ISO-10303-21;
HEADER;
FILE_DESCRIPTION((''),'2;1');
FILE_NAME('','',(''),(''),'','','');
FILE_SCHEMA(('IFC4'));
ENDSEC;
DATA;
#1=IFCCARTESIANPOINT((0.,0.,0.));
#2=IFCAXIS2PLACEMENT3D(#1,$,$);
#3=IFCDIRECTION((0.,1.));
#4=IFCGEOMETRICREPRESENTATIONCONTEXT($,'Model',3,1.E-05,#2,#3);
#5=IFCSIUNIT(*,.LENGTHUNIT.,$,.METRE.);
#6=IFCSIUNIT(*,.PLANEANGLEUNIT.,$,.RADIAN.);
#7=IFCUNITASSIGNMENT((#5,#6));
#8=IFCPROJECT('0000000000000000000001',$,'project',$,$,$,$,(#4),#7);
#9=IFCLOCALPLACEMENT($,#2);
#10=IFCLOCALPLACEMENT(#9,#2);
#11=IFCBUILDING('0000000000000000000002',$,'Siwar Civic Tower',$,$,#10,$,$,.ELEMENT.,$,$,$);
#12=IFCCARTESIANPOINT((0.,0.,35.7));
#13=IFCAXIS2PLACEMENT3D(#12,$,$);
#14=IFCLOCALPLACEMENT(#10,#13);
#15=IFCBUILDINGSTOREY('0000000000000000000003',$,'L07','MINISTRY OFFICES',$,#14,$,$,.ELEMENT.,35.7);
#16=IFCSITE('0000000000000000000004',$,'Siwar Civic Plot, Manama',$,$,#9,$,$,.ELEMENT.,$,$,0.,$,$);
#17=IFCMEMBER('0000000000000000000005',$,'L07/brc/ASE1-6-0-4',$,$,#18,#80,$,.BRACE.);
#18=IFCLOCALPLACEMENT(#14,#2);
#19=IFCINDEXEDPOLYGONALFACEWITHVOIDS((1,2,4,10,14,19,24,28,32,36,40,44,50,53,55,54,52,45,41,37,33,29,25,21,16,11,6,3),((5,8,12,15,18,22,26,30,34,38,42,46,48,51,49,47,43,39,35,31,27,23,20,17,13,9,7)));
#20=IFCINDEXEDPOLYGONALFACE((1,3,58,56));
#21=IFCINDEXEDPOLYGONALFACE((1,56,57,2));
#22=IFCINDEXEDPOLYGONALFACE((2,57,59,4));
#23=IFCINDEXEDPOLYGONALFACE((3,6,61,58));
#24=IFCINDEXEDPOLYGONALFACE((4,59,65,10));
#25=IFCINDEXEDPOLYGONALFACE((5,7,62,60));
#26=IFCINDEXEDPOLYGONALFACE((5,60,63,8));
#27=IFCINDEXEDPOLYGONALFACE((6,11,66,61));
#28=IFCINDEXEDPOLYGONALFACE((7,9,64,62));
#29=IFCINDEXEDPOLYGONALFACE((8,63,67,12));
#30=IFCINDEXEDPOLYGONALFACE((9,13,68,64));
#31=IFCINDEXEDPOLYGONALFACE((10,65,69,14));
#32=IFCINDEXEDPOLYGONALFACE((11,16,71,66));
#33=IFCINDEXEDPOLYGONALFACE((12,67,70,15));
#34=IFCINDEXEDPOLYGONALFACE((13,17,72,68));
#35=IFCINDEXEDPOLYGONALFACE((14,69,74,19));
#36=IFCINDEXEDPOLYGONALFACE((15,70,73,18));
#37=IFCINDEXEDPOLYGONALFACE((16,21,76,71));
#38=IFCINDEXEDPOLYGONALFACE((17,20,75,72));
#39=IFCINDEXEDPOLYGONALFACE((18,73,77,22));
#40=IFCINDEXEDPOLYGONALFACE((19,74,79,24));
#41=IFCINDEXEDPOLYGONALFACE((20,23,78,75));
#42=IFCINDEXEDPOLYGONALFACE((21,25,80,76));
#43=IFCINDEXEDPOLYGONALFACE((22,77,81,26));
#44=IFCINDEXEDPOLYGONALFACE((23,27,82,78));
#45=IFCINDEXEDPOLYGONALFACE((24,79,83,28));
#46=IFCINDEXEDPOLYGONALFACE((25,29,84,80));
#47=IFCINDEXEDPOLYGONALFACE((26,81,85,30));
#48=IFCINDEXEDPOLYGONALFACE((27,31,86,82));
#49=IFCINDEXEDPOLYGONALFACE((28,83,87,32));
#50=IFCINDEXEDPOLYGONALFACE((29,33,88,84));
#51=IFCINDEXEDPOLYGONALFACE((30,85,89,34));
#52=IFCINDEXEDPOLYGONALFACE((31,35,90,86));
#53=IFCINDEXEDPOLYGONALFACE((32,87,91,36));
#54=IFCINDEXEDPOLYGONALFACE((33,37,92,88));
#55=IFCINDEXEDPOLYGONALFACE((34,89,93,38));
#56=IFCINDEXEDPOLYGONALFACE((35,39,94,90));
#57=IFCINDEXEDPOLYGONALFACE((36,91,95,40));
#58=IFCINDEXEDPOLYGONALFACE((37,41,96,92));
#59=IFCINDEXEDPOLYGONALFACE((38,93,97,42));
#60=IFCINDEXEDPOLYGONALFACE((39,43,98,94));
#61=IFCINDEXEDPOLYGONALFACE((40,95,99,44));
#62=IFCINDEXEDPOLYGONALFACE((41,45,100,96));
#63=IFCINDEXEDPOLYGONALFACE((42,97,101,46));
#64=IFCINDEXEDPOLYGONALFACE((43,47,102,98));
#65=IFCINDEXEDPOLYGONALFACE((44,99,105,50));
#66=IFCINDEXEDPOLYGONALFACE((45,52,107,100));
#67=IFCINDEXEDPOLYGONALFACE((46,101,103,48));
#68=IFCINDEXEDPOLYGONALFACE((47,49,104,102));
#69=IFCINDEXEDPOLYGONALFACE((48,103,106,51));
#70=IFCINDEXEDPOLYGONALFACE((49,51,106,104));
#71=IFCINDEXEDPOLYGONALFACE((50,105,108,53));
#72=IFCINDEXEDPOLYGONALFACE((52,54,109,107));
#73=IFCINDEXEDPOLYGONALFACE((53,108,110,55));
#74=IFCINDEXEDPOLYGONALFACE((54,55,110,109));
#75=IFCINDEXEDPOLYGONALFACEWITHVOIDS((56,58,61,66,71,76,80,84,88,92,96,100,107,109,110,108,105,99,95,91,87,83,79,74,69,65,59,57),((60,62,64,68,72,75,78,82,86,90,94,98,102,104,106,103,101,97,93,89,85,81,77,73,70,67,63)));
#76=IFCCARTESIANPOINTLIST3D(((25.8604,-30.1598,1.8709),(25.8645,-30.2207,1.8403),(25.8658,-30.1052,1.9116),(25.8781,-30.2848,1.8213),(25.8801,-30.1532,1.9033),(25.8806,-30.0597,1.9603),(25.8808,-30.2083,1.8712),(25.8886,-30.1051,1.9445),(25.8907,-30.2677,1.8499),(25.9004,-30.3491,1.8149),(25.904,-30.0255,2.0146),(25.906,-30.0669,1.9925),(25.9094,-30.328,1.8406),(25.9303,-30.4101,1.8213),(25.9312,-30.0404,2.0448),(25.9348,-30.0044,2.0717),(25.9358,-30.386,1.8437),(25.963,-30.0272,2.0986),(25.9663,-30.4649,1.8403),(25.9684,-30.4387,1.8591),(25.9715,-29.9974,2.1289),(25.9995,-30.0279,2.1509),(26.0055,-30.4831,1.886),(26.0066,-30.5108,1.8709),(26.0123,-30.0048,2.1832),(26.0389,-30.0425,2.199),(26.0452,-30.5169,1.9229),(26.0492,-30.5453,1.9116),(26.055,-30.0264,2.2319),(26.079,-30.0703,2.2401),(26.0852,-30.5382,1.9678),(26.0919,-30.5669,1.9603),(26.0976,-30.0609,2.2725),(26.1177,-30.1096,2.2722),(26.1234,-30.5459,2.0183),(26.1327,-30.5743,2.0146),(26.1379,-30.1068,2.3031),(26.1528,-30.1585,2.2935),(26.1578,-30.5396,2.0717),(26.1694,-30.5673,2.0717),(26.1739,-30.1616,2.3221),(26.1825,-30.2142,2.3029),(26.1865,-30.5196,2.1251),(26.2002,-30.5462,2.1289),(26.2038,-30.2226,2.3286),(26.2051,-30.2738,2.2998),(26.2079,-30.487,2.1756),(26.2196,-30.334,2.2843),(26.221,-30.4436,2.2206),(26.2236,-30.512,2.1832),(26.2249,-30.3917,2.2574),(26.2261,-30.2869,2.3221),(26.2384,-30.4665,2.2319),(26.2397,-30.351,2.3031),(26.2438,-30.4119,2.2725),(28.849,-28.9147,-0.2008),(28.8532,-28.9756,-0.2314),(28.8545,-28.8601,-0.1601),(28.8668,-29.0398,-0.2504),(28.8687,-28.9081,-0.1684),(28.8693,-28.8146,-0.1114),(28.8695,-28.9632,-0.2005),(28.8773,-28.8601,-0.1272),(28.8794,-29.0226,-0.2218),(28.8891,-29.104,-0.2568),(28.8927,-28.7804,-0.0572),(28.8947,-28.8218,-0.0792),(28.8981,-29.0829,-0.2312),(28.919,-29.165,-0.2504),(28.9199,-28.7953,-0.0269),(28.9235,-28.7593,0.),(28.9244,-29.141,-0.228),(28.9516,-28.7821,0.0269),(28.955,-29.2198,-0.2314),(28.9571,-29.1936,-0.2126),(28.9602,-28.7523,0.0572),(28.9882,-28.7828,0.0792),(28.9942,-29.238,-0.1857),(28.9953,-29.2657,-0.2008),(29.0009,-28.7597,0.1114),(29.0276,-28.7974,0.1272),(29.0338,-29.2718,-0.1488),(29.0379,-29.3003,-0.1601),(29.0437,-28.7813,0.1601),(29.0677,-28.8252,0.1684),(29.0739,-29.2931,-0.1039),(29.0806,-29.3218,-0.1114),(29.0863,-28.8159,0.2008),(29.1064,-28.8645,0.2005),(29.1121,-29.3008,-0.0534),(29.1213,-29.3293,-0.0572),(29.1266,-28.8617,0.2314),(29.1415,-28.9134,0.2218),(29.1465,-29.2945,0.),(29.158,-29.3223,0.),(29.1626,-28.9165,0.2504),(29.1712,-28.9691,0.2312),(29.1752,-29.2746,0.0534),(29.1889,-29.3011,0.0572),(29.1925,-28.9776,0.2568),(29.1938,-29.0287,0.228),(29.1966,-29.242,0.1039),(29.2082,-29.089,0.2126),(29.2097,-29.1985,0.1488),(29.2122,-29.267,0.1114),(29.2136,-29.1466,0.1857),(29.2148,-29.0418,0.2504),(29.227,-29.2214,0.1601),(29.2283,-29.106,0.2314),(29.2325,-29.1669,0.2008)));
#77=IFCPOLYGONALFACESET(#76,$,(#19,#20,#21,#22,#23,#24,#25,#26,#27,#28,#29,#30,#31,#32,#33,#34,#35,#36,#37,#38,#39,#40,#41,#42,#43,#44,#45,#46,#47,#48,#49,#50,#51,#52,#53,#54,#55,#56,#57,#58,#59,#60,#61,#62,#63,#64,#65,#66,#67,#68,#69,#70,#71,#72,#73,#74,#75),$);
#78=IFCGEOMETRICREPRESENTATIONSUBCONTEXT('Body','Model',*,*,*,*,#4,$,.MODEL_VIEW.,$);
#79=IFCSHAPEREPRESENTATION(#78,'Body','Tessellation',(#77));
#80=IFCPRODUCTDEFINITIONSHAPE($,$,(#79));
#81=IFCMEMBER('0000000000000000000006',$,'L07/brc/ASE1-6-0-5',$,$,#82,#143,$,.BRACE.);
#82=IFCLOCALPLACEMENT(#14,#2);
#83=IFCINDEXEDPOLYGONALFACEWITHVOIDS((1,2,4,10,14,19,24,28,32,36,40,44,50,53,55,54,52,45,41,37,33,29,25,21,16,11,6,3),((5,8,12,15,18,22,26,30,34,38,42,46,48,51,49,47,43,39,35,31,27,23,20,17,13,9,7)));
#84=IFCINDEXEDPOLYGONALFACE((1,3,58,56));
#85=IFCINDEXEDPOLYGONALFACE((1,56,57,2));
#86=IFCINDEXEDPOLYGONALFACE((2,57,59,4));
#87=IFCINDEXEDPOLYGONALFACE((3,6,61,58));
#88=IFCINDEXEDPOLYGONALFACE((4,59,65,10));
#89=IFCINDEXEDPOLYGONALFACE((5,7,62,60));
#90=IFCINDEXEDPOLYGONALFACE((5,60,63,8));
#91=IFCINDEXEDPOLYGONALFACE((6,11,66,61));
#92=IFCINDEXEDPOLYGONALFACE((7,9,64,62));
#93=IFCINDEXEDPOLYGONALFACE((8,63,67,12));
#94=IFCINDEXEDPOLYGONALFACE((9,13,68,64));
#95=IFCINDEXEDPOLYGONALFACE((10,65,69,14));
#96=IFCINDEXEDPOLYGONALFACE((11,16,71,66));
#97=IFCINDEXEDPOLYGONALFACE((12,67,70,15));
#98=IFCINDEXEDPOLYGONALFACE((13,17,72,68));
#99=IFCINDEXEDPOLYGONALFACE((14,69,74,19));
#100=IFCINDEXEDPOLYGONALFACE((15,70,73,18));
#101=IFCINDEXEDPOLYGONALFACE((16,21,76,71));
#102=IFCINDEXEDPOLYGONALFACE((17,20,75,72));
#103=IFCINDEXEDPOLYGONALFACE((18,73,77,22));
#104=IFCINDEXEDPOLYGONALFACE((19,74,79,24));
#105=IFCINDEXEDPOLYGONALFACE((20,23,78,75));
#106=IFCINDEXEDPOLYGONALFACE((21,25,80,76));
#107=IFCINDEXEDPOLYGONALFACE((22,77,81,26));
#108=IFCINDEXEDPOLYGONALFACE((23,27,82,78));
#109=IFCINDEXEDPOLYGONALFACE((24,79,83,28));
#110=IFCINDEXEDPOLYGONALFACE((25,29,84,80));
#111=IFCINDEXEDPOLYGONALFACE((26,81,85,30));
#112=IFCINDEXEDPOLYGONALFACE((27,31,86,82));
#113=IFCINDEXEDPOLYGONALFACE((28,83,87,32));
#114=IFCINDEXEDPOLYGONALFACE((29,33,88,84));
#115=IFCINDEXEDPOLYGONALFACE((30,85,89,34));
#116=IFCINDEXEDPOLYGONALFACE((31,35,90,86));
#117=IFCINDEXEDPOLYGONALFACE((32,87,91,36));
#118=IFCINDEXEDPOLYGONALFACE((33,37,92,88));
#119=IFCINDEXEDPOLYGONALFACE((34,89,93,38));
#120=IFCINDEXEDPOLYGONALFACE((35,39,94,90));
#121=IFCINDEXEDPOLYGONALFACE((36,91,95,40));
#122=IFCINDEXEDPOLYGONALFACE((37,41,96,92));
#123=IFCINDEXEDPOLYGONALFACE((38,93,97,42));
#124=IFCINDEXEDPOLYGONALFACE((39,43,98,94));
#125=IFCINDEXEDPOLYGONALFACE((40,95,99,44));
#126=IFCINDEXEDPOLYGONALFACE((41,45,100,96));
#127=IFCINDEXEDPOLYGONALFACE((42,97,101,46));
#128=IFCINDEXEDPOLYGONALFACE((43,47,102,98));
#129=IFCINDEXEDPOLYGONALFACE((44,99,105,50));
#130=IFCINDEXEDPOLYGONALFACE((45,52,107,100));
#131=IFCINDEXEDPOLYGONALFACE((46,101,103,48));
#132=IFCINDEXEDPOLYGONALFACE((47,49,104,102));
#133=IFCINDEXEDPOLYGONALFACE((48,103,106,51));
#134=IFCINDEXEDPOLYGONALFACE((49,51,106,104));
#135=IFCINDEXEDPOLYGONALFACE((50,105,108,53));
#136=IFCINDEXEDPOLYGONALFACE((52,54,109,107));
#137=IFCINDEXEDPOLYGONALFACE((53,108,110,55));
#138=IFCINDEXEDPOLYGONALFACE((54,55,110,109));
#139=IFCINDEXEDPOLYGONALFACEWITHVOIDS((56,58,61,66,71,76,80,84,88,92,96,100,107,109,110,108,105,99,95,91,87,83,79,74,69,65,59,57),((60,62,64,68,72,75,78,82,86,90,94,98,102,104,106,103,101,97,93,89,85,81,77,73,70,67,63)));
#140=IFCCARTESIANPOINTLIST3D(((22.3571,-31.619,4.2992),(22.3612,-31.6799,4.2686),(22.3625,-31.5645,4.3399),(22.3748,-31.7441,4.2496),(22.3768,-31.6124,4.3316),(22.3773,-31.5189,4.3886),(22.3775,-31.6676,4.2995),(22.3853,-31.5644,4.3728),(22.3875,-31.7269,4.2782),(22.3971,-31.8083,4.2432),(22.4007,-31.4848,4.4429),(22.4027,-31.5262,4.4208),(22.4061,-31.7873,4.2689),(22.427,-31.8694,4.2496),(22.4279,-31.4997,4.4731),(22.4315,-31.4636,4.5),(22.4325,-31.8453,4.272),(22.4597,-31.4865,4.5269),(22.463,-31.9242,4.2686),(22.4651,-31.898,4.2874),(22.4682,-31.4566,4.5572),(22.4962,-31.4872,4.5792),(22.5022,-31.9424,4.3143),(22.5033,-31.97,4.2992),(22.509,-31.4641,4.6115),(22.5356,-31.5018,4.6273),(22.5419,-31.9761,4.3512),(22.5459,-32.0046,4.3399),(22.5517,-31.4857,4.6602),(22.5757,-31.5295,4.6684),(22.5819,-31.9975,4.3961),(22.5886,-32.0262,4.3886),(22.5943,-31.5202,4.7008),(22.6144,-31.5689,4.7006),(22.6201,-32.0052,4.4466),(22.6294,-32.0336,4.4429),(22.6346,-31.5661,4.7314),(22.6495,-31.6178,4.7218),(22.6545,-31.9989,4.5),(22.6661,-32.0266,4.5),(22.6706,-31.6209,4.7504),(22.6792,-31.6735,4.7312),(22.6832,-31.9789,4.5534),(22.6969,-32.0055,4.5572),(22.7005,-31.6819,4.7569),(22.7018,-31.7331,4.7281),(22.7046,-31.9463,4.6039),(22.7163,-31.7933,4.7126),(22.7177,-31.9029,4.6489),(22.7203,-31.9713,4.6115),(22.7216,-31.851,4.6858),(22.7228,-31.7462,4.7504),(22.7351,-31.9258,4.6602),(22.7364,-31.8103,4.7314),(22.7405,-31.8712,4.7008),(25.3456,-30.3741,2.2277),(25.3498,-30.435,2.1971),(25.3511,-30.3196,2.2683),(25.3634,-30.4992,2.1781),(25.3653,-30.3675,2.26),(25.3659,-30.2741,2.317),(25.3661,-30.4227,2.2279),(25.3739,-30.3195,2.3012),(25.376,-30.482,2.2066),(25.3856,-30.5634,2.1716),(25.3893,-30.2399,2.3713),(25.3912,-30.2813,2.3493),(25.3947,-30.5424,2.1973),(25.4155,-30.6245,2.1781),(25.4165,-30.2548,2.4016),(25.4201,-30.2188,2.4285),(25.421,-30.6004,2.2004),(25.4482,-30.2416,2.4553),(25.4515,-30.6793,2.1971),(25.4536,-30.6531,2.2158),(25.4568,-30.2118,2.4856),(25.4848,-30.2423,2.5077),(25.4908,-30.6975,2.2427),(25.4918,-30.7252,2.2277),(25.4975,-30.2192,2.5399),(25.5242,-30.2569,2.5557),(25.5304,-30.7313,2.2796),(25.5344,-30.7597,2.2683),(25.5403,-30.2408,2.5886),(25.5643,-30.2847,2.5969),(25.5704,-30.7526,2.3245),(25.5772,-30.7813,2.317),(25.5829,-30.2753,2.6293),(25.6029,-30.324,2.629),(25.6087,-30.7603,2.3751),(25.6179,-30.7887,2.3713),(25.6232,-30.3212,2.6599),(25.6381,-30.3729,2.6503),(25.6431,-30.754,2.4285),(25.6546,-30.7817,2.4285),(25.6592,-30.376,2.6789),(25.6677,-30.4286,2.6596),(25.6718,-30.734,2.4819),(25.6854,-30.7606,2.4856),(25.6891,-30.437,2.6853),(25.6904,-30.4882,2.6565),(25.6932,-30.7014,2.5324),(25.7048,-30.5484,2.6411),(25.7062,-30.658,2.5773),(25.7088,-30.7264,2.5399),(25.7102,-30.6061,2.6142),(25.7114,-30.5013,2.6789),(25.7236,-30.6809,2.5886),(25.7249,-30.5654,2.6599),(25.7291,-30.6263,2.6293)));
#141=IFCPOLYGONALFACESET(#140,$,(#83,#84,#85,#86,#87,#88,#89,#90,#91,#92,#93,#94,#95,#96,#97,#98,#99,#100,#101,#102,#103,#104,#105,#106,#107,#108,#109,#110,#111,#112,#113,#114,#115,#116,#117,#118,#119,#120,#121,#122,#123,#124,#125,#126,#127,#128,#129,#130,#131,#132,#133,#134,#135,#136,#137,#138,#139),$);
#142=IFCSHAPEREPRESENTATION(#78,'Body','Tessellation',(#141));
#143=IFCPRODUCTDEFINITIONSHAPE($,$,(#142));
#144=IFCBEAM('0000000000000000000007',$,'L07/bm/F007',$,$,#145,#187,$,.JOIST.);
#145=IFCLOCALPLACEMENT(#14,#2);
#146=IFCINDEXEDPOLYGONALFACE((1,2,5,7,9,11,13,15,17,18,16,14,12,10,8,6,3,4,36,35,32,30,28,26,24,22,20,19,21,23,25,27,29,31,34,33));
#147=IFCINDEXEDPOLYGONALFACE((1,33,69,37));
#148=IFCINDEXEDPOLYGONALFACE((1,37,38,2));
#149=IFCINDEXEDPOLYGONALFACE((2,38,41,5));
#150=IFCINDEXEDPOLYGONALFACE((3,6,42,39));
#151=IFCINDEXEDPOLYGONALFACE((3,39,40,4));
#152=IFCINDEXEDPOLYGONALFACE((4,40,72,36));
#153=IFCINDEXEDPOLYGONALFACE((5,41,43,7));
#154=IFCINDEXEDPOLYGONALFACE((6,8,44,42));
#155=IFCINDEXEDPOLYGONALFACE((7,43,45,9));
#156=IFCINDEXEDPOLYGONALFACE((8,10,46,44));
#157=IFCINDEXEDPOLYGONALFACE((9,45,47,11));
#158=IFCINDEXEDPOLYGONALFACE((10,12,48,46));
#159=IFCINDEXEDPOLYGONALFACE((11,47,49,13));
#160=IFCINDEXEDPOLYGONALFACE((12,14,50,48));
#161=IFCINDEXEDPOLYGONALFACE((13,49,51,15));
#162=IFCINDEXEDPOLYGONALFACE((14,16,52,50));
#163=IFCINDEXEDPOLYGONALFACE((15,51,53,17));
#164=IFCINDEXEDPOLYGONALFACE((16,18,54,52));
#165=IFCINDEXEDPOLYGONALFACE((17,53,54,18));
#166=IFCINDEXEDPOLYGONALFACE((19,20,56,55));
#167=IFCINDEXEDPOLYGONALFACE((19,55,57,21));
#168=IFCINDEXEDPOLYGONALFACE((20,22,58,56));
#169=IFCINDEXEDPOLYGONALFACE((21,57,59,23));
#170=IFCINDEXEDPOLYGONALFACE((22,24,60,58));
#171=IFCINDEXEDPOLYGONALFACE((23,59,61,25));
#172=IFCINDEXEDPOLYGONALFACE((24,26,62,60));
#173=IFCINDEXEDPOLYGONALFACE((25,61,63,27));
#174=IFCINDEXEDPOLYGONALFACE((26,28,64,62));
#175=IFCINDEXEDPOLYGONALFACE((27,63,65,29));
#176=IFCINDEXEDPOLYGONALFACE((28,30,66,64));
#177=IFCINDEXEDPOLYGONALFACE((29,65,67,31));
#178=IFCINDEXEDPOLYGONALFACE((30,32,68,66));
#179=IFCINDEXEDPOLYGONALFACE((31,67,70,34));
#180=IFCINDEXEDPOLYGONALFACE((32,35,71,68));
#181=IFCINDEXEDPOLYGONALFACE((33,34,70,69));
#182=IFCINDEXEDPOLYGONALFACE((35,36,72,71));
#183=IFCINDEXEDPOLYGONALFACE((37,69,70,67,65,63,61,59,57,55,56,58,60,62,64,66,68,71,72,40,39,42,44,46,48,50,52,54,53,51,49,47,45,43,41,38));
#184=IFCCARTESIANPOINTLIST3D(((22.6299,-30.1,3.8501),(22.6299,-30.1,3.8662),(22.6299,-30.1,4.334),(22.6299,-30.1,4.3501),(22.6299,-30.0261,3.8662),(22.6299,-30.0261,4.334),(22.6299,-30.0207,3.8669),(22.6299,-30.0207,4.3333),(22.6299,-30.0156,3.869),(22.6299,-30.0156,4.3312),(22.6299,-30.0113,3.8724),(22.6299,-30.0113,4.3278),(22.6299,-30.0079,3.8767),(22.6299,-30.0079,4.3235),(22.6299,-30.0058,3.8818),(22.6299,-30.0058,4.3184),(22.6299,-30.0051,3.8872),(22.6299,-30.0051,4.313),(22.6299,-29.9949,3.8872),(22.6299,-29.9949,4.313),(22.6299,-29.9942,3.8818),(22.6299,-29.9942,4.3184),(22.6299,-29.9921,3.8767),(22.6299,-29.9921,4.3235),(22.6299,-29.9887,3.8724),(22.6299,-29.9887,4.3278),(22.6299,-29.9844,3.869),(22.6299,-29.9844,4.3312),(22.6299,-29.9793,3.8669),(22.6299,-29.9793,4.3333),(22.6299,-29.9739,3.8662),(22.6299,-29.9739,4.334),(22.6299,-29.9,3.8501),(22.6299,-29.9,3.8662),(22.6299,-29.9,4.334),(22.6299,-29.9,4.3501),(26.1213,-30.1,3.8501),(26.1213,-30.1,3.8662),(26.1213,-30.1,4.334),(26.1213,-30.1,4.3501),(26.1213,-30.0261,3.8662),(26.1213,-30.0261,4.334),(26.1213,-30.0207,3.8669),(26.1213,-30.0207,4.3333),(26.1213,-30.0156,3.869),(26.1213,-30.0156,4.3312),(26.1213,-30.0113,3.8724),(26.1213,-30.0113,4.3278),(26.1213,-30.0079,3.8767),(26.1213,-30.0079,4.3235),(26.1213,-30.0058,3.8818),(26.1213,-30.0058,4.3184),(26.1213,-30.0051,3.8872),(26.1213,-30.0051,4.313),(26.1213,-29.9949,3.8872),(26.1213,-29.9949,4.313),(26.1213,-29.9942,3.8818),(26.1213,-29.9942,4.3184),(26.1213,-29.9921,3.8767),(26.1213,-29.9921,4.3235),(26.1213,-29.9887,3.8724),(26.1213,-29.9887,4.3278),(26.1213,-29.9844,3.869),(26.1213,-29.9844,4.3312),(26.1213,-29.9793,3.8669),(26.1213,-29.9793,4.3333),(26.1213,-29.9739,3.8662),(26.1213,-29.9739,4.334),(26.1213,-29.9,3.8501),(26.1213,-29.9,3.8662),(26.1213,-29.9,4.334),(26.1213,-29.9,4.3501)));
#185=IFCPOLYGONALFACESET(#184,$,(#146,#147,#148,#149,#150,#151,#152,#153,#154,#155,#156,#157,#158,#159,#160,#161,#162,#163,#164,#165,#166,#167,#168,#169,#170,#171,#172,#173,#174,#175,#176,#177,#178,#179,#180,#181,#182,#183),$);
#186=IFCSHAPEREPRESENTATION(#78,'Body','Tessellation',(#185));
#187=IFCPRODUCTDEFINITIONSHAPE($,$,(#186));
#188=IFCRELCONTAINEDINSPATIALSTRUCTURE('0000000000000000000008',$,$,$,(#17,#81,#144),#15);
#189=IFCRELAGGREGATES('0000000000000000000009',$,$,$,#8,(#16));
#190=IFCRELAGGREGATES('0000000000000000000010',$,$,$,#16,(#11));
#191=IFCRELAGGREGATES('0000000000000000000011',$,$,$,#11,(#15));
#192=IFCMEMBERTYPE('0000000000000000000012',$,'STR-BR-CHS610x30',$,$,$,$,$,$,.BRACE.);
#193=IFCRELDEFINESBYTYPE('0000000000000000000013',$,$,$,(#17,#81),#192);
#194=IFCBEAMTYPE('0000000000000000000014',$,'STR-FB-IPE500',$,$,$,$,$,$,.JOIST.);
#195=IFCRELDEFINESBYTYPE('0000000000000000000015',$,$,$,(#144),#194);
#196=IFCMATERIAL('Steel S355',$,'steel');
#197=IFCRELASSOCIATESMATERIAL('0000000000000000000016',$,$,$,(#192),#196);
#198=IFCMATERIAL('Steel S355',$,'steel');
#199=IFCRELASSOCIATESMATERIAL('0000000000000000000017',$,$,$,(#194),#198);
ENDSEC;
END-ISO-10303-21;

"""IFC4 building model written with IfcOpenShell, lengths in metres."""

from ifc_helpers import new_model, si_unit, direction, frame, origin, origin_2d, place, context, subcontext, project, spatial, hollow_circle, i_section, extrude, material, material_profile, profile_set, type_object, element, save


model = new_model("IFC4")

# Units and contexts
model_context = context("Model", 3, precision=1e-05, world=origin(), true_north=direction((0.0, 1.0)))
body_context = subcontext(model_context, "Body", "Model", "MODEL_VIEW")
ifc_project = project(units=[si_unit("LENGTHUNIT", "METRE"), si_unit("PLANEANGLEUNIT", "RADIAN")], contexts=[model_context])

# Site, building, storey
site_placement = place(None, origin())
site = spatial("IfcSite", under=ifc_project, at=site_placement, Name="Siwar Civic Plot, Manama", CompositionType="ELEMENT", RefElevation=0.0)
building_placement = place(site_placement, origin())
building = spatial("IfcBuilding", under=site, at=building_placement, Name="Siwar Civic Tower", CompositionType="ELEMENT")
storey_placement = place(building_placement, frame((0.0, 0.0, 35.7)))
storey = spatial("IfcBuildingStorey", under=building, at=storey_placement, Name="L07", Description="MINISTRY OFFICES", CompositionType="ELEMENT", Elevation=35.7)

# Members
ifc_material_1 = material(Name="Steel S355", Category="steel")
ifc_material_profile_1 = material_profile(ifc_material_1, hollow_circle(Radius=0.3049, WallThickness=0.03, at=origin_2d()), Name="CHS610x30")
ifc_profile_set_1 = profile_set([ifc_material_profile_1], Name="Steel S355")
member_type_1 = type_object("IfcMemberType", Name="STR-BR-CHS610x30", PredefinedType="BRACE", material=ifc_profile_set_1)
member_1_placement = place(storey_placement, frame((29.0408, -29.0408, 0.0), z_axis=(-0.777542, -0.323923, 0.538982), x_axis=(0.384562, -0.923099, 0.0)))
element("IfcMember", 1, at=member_1_placement, inside=storey, type_object=member_type_1, Name="L07/brc/ASE1-6-0-4", PredefinedType="BRACE", context=body_context, shape_type="SweptSolid", body=[
    extrude(hollow_circle(Radius=0.3049, WallThickness=0.03, at=origin_2d()), origin(), (0.0, 0.0, 1.0), 3.8438),
])
member_2_placement = place(storey_placement, frame((25.5374, -30.5002, 2.4285), z_axis=(-0.77756, -0.323893, 0.538975), x_axis=(0.384524, -0.923115, 0.0)))
element("IfcMember", 2, at=member_2_placement, inside=storey, type_object=member_type_1, Name="L07/brc/ASE1-6-0-5", PredefinedType="BRACE", context=body_context, shape_type="SweptSolid", body=[
    extrude(hollow_circle(Radius=0.3049, WallThickness=0.03, at=origin_2d()), origin(), (0.0, 0.0, 1.0), 3.8435),
])

# Beam
ifc_material_2 = material(Name="Steel S355", Category="steel")
ifc_material_profile_2 = material_profile(ifc_material_2, i_section(OverallWidth=0.2, OverallDepth=0.5, WebThickness=0.0103, FlangeThickness=0.0161, FilletRadius=0.021, at=origin_2d()), Name="IPE500")
ifc_profile_set_2 = profile_set([ifc_material_profile_2], Name="Steel S355")
beam_type_1 = type_object("IfcBeamType", Name="STR-FB-IPE500", PredefinedType="JOIST", material=ifc_profile_set_2)
beam_1_placement = place(storey_placement, frame((22.6299, -30.0, 4.1001), z_axis=(1.0, 0.0, 0.0), x_axis=(0.0, 1.0, 0.0)))
element("IfcBeam", 3, at=beam_1_placement, inside=storey, type_object=beam_type_1, Name="L07/bm/F007", PredefinedType="JOIST", context=body_context, shape_type="SweptSolid", body=[
    extrude(i_section(OverallWidth=0.2, OverallDepth=0.5, WebThickness=0.0103, FlangeThickness=0.0161, FilletRadius=0.021, at=origin_2d()), origin(), (0.0, 0.0, 1.0), 3.4915),
])

save(model, "model.ifc")
